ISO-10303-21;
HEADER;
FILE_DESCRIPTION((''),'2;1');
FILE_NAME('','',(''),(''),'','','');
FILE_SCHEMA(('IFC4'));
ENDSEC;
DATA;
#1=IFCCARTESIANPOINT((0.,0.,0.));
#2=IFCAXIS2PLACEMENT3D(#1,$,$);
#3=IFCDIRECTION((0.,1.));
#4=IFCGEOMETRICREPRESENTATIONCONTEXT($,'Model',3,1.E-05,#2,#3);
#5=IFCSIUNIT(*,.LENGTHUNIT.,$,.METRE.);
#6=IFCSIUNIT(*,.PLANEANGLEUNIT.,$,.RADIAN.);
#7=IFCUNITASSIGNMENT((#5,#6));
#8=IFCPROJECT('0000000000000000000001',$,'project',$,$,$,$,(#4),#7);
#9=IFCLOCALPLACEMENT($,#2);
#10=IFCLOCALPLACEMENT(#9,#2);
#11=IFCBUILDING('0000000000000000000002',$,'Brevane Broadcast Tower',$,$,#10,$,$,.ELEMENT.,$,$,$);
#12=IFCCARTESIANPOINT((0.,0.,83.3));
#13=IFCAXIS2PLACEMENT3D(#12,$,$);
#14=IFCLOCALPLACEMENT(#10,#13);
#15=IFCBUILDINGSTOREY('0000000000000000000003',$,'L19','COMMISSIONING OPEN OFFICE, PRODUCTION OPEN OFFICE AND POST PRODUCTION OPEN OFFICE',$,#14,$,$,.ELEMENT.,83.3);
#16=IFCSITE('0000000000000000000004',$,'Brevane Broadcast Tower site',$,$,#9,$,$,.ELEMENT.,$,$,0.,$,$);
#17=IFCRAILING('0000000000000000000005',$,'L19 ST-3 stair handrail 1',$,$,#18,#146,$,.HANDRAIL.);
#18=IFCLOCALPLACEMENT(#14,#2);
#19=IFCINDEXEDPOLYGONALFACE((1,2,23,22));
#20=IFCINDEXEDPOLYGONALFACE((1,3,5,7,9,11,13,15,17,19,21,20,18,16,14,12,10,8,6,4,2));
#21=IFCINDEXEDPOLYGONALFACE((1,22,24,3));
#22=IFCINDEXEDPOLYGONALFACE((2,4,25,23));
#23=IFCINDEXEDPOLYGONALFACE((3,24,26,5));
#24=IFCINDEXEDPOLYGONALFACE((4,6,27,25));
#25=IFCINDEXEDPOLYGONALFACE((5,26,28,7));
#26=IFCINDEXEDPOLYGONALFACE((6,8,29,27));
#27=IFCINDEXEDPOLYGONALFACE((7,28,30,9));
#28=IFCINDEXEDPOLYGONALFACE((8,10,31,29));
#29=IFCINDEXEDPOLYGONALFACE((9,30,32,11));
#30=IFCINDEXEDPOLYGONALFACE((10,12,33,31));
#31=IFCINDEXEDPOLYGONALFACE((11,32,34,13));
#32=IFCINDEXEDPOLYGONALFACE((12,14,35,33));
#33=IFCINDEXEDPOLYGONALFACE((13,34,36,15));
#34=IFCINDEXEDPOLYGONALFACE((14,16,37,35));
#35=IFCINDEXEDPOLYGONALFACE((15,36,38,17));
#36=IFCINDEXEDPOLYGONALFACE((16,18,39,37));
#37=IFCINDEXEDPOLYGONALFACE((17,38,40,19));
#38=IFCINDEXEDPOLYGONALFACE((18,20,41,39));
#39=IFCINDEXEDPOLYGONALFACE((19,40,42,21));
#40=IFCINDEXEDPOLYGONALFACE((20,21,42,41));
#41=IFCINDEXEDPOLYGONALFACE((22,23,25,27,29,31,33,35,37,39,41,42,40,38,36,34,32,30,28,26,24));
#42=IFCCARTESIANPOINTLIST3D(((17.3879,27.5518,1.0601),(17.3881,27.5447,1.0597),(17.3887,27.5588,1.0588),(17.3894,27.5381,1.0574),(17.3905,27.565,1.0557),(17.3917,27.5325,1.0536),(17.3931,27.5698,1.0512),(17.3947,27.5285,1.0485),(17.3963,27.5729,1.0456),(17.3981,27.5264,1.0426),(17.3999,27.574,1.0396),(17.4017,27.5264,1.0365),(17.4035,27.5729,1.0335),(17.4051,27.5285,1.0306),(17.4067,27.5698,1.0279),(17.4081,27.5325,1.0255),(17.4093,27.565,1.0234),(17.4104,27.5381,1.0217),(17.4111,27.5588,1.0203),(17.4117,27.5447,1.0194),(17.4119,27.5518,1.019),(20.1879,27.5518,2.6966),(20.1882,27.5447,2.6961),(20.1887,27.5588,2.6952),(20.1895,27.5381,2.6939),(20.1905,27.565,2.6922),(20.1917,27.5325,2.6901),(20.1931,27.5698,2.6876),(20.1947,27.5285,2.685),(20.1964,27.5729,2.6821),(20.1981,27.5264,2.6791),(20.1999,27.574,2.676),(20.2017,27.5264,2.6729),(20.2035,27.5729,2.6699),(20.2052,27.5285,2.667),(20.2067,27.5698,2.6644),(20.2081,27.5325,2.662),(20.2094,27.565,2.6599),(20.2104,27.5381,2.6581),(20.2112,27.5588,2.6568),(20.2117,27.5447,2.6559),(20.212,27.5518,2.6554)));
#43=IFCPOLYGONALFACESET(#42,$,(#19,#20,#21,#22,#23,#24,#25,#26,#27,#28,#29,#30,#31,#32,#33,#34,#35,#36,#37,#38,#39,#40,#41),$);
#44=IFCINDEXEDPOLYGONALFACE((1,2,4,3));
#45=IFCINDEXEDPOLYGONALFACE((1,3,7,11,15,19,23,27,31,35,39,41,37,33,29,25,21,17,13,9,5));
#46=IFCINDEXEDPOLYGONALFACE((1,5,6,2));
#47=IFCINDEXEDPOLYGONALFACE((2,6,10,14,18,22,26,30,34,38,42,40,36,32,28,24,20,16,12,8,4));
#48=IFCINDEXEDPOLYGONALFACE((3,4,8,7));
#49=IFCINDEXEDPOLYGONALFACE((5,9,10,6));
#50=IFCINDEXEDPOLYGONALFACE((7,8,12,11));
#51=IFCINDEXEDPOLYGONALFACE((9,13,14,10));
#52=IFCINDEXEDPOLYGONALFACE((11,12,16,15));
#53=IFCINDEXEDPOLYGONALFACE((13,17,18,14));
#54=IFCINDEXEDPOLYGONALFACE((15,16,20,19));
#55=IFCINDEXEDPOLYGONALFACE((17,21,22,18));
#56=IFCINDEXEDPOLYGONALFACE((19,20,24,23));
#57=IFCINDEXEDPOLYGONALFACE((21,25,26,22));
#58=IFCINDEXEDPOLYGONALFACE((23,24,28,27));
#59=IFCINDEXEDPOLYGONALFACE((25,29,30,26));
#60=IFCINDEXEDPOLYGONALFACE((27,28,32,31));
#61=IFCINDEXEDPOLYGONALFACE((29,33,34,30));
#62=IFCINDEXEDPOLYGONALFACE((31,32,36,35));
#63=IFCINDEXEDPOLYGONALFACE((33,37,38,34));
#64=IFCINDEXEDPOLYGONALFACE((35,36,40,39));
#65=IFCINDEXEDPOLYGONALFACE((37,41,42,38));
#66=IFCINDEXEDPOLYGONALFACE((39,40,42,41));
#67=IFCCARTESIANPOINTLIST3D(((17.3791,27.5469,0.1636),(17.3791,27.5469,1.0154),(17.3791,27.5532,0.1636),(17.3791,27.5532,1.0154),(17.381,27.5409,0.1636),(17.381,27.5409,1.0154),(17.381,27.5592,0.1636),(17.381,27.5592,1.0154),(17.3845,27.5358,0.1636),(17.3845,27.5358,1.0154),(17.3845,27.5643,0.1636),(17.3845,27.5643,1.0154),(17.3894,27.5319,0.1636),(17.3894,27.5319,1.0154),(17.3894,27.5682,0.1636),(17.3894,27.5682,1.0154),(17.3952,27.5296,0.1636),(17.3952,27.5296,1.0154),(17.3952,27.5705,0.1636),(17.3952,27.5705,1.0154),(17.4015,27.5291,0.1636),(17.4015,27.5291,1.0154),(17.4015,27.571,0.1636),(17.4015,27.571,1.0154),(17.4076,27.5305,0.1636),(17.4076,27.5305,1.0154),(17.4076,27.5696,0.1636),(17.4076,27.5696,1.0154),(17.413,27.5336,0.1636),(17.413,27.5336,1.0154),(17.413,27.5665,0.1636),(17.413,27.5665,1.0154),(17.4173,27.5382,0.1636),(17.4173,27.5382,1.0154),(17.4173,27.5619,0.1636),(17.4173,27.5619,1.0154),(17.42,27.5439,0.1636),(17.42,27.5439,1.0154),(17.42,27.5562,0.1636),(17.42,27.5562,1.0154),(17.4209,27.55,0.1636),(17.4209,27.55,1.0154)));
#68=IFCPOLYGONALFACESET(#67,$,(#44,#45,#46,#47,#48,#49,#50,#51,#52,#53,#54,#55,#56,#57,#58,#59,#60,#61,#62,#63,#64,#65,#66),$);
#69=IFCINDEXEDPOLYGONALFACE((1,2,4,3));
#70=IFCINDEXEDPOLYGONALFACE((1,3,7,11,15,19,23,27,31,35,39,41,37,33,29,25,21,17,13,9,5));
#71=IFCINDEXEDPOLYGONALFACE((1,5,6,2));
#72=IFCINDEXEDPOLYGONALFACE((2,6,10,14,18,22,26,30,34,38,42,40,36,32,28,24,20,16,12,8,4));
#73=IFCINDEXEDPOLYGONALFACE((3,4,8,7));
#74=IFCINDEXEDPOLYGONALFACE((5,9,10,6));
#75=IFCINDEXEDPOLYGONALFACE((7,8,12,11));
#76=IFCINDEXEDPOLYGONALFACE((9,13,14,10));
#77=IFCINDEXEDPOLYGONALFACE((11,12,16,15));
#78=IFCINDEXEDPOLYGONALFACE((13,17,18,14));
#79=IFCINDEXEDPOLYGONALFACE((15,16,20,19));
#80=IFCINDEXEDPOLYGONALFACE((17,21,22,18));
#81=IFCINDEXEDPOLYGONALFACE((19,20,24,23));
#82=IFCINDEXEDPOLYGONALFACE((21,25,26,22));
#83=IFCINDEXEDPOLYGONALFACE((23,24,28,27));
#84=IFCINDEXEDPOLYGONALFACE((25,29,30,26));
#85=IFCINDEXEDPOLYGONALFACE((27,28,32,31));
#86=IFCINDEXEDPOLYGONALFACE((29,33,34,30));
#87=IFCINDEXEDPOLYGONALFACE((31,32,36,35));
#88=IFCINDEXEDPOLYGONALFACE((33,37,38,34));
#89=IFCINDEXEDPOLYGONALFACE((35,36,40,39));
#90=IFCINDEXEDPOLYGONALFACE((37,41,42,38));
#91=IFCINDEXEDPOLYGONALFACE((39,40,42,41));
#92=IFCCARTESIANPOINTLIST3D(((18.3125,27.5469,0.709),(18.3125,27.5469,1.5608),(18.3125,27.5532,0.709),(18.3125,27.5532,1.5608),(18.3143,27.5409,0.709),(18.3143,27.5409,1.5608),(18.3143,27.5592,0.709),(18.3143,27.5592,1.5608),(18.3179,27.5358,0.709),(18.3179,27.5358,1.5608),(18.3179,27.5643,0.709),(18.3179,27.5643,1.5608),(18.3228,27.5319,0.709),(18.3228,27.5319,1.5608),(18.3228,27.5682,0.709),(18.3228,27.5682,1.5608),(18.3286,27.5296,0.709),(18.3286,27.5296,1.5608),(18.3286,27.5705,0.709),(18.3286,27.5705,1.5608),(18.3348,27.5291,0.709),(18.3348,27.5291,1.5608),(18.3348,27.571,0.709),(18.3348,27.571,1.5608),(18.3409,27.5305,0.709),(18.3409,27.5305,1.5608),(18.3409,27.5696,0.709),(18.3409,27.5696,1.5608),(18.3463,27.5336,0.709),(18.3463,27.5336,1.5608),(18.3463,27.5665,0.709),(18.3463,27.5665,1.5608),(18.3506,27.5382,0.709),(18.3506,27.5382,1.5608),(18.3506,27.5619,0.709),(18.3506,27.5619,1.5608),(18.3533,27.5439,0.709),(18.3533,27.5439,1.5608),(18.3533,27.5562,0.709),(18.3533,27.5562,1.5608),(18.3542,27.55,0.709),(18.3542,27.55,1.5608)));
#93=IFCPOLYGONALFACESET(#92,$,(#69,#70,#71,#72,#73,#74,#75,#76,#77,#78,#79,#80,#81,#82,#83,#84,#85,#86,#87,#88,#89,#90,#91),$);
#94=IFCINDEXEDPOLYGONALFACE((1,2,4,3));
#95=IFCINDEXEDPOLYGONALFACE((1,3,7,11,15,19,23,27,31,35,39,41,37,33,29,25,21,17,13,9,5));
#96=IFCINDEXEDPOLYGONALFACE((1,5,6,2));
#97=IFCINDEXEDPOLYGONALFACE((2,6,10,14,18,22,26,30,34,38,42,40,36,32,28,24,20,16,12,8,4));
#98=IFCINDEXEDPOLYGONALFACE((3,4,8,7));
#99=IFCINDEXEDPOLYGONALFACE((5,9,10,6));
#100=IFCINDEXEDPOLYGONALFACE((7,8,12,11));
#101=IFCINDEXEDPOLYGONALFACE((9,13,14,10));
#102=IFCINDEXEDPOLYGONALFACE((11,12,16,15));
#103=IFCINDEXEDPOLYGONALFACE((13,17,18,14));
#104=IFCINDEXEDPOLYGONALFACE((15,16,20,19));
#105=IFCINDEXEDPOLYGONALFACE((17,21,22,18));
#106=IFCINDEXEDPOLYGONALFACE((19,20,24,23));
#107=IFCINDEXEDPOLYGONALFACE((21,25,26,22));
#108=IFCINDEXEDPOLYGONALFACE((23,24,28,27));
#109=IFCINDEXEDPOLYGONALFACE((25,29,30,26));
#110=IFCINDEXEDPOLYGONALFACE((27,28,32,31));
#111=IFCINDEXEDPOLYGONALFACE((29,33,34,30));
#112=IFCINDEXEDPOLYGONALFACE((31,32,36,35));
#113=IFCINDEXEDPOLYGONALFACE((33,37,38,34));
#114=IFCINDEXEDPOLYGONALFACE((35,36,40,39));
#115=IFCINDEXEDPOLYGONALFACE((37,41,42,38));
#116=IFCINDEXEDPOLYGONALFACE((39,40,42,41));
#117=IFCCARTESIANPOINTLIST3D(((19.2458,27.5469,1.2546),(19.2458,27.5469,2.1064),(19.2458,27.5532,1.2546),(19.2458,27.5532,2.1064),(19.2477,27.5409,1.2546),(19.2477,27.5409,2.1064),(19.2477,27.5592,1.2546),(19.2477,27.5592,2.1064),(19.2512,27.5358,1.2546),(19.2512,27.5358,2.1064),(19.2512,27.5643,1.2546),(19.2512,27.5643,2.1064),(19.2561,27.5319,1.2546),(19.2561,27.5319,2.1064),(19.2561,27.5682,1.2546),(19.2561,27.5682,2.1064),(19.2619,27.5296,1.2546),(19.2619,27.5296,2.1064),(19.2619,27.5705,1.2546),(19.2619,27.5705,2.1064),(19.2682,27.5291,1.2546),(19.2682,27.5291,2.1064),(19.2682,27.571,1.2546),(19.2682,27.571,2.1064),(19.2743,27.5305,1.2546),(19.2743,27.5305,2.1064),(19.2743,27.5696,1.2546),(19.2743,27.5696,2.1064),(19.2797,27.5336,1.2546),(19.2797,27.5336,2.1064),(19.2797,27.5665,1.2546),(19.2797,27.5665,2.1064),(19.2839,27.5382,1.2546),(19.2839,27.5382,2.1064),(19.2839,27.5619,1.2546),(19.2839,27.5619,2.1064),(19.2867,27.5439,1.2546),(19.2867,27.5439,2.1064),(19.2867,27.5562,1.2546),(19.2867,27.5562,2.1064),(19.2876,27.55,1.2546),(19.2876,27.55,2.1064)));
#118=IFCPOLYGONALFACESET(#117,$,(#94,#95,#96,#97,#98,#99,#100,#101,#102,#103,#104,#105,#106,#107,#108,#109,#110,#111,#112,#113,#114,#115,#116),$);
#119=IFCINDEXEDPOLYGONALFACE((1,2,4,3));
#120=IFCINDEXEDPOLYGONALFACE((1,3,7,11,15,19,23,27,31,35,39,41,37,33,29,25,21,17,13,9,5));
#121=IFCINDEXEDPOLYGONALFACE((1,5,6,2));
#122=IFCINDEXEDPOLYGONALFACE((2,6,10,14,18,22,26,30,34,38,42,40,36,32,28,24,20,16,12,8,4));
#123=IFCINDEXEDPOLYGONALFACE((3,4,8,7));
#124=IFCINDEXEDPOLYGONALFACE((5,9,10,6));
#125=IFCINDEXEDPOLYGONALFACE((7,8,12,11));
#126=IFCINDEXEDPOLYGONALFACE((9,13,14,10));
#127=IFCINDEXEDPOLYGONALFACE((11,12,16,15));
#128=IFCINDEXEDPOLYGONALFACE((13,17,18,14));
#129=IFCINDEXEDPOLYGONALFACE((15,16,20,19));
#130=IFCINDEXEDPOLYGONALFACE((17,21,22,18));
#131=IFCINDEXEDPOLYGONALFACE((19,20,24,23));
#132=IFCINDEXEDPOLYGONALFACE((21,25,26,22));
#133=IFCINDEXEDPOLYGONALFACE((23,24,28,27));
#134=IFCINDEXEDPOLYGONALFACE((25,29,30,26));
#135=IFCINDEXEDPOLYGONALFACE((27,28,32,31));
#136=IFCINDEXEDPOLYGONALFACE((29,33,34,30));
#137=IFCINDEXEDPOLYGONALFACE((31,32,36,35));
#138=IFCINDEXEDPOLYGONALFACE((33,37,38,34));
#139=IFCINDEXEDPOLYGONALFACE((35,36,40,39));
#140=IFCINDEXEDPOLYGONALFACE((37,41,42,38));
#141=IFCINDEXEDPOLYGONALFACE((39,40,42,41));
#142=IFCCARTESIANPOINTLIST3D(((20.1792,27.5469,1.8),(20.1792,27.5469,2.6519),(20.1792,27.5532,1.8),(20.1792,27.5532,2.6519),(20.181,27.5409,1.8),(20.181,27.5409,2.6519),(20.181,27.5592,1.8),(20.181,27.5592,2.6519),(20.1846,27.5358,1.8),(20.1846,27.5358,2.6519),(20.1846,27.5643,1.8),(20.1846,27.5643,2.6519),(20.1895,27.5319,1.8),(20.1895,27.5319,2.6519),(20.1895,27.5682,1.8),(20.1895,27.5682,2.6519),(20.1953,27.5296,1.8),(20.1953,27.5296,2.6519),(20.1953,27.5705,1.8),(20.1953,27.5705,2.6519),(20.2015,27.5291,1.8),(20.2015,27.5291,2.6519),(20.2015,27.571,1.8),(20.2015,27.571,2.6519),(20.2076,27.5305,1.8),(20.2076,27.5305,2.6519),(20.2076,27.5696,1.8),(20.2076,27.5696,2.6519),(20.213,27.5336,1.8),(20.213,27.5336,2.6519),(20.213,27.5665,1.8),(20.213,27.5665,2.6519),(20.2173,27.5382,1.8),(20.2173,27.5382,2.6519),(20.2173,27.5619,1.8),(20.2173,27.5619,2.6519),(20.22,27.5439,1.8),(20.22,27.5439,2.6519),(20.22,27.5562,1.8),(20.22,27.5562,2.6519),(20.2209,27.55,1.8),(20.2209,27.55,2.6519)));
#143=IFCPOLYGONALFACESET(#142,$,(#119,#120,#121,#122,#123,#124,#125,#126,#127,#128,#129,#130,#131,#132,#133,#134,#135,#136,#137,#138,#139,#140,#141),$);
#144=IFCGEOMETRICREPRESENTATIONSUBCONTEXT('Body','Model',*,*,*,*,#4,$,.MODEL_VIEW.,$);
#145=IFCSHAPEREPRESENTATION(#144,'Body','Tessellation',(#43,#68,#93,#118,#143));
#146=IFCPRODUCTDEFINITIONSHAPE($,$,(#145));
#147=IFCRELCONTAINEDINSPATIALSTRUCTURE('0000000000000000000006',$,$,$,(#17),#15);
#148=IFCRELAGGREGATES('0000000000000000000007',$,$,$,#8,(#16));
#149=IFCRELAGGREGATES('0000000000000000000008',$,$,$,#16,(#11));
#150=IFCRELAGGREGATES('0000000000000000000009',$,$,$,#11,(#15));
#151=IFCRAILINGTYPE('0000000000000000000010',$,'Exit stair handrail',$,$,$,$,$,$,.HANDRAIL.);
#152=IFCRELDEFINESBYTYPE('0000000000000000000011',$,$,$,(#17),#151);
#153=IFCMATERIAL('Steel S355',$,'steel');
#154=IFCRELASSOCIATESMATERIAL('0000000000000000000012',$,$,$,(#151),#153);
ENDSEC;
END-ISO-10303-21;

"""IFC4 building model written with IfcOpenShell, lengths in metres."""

from ifc_helpers import new_model, si_unit, direction, frame, origin, origin_2d, place, context, subcontext, project, spatial, circle, extrude, material, type_object, element, save


model = new_model("IFC4")

# Units and contexts
model_context = context("Model", 3, precision=1e-05, world=origin(), true_north=direction((0.0, 1.0)))
body_context = subcontext(model_context, "Body", "Model", "MODEL_VIEW")
ifc_project = project(units=[si_unit("LENGTHUNIT", "METRE"), si_unit("PLANEANGLEUNIT", "RADIAN")], contexts=[model_context])

# Site, building, storey
site_placement = place(None, origin())
site = spatial("IfcSite", under=ifc_project, at=site_placement, Name="Brevane Broadcast Tower site", CompositionType="ELEMENT", RefElevation=0.0)
building_placement = place(site_placement, origin())
building = spatial("IfcBuilding", under=site, at=building_placement, Name="Brevane Broadcast Tower", CompositionType="ELEMENT")
storey_placement = place(building_placement, frame((0.0, 0.0, 83.3)))
storey = spatial("IfcBuildingStorey", under=building, at=storey_placement, Name="L19", Description="COMMISSIONING OPEN OFFICE, PRODUCTION OPEN OFFICE AND POST PRODUCTION OPEN OFFICE", CompositionType="ELEMENT", Elevation=83.3)

# Railing
ifc_material_1 = material(Name="Steel S355", Category="steel")
railing_type_1 = type_object("IfcRailingType", Name="Exit stair handrail", PredefinedType="HANDRAIL", material=ifc_material_1)
railing_1_placement = place(storey_placement, frame((17.3999, 27.55, 0.1636)))
element("IfcRailing", 1, at=railing_1_placement, inside=storey, type_object=railing_type_1, Name="L19 ST-3 stair handrail 1", PredefinedType="HANDRAIL", context=body_context, shape_type="SweptSolid", body=[
    extrude(circle(Radius=0.0239, at=origin_2d()), frame((0.0, 0.0, 0.876), z_axis=(0.863361, 0.0, 0.504587), x_axis=(0.0, 1.0, 0.0)), (0.0, 0.0, 1.0), 3.2432),
    extrude(circle(Radius=0.021, at=origin_2d()), origin(), (0.0, 0.0, 1.0), 0.8518),
    extrude(circle(Radius=0.021, at=origin_2d()), frame((0.9333, 0.0, 0.5454)), (0.0, 0.0, 1.0), 0.8518),
    extrude(circle(Radius=0.021, at=origin_2d()), frame((1.8667, 0.0, 1.0911)), (0.0, 0.0, 1.0), 0.8518),
    extrude(circle(Radius=0.021, at=origin_2d()), frame((2.8, 0.0, 1.6365)), (0.0, 0.0, 1.0), 0.8518),
])

save(model, "model.ifc")
